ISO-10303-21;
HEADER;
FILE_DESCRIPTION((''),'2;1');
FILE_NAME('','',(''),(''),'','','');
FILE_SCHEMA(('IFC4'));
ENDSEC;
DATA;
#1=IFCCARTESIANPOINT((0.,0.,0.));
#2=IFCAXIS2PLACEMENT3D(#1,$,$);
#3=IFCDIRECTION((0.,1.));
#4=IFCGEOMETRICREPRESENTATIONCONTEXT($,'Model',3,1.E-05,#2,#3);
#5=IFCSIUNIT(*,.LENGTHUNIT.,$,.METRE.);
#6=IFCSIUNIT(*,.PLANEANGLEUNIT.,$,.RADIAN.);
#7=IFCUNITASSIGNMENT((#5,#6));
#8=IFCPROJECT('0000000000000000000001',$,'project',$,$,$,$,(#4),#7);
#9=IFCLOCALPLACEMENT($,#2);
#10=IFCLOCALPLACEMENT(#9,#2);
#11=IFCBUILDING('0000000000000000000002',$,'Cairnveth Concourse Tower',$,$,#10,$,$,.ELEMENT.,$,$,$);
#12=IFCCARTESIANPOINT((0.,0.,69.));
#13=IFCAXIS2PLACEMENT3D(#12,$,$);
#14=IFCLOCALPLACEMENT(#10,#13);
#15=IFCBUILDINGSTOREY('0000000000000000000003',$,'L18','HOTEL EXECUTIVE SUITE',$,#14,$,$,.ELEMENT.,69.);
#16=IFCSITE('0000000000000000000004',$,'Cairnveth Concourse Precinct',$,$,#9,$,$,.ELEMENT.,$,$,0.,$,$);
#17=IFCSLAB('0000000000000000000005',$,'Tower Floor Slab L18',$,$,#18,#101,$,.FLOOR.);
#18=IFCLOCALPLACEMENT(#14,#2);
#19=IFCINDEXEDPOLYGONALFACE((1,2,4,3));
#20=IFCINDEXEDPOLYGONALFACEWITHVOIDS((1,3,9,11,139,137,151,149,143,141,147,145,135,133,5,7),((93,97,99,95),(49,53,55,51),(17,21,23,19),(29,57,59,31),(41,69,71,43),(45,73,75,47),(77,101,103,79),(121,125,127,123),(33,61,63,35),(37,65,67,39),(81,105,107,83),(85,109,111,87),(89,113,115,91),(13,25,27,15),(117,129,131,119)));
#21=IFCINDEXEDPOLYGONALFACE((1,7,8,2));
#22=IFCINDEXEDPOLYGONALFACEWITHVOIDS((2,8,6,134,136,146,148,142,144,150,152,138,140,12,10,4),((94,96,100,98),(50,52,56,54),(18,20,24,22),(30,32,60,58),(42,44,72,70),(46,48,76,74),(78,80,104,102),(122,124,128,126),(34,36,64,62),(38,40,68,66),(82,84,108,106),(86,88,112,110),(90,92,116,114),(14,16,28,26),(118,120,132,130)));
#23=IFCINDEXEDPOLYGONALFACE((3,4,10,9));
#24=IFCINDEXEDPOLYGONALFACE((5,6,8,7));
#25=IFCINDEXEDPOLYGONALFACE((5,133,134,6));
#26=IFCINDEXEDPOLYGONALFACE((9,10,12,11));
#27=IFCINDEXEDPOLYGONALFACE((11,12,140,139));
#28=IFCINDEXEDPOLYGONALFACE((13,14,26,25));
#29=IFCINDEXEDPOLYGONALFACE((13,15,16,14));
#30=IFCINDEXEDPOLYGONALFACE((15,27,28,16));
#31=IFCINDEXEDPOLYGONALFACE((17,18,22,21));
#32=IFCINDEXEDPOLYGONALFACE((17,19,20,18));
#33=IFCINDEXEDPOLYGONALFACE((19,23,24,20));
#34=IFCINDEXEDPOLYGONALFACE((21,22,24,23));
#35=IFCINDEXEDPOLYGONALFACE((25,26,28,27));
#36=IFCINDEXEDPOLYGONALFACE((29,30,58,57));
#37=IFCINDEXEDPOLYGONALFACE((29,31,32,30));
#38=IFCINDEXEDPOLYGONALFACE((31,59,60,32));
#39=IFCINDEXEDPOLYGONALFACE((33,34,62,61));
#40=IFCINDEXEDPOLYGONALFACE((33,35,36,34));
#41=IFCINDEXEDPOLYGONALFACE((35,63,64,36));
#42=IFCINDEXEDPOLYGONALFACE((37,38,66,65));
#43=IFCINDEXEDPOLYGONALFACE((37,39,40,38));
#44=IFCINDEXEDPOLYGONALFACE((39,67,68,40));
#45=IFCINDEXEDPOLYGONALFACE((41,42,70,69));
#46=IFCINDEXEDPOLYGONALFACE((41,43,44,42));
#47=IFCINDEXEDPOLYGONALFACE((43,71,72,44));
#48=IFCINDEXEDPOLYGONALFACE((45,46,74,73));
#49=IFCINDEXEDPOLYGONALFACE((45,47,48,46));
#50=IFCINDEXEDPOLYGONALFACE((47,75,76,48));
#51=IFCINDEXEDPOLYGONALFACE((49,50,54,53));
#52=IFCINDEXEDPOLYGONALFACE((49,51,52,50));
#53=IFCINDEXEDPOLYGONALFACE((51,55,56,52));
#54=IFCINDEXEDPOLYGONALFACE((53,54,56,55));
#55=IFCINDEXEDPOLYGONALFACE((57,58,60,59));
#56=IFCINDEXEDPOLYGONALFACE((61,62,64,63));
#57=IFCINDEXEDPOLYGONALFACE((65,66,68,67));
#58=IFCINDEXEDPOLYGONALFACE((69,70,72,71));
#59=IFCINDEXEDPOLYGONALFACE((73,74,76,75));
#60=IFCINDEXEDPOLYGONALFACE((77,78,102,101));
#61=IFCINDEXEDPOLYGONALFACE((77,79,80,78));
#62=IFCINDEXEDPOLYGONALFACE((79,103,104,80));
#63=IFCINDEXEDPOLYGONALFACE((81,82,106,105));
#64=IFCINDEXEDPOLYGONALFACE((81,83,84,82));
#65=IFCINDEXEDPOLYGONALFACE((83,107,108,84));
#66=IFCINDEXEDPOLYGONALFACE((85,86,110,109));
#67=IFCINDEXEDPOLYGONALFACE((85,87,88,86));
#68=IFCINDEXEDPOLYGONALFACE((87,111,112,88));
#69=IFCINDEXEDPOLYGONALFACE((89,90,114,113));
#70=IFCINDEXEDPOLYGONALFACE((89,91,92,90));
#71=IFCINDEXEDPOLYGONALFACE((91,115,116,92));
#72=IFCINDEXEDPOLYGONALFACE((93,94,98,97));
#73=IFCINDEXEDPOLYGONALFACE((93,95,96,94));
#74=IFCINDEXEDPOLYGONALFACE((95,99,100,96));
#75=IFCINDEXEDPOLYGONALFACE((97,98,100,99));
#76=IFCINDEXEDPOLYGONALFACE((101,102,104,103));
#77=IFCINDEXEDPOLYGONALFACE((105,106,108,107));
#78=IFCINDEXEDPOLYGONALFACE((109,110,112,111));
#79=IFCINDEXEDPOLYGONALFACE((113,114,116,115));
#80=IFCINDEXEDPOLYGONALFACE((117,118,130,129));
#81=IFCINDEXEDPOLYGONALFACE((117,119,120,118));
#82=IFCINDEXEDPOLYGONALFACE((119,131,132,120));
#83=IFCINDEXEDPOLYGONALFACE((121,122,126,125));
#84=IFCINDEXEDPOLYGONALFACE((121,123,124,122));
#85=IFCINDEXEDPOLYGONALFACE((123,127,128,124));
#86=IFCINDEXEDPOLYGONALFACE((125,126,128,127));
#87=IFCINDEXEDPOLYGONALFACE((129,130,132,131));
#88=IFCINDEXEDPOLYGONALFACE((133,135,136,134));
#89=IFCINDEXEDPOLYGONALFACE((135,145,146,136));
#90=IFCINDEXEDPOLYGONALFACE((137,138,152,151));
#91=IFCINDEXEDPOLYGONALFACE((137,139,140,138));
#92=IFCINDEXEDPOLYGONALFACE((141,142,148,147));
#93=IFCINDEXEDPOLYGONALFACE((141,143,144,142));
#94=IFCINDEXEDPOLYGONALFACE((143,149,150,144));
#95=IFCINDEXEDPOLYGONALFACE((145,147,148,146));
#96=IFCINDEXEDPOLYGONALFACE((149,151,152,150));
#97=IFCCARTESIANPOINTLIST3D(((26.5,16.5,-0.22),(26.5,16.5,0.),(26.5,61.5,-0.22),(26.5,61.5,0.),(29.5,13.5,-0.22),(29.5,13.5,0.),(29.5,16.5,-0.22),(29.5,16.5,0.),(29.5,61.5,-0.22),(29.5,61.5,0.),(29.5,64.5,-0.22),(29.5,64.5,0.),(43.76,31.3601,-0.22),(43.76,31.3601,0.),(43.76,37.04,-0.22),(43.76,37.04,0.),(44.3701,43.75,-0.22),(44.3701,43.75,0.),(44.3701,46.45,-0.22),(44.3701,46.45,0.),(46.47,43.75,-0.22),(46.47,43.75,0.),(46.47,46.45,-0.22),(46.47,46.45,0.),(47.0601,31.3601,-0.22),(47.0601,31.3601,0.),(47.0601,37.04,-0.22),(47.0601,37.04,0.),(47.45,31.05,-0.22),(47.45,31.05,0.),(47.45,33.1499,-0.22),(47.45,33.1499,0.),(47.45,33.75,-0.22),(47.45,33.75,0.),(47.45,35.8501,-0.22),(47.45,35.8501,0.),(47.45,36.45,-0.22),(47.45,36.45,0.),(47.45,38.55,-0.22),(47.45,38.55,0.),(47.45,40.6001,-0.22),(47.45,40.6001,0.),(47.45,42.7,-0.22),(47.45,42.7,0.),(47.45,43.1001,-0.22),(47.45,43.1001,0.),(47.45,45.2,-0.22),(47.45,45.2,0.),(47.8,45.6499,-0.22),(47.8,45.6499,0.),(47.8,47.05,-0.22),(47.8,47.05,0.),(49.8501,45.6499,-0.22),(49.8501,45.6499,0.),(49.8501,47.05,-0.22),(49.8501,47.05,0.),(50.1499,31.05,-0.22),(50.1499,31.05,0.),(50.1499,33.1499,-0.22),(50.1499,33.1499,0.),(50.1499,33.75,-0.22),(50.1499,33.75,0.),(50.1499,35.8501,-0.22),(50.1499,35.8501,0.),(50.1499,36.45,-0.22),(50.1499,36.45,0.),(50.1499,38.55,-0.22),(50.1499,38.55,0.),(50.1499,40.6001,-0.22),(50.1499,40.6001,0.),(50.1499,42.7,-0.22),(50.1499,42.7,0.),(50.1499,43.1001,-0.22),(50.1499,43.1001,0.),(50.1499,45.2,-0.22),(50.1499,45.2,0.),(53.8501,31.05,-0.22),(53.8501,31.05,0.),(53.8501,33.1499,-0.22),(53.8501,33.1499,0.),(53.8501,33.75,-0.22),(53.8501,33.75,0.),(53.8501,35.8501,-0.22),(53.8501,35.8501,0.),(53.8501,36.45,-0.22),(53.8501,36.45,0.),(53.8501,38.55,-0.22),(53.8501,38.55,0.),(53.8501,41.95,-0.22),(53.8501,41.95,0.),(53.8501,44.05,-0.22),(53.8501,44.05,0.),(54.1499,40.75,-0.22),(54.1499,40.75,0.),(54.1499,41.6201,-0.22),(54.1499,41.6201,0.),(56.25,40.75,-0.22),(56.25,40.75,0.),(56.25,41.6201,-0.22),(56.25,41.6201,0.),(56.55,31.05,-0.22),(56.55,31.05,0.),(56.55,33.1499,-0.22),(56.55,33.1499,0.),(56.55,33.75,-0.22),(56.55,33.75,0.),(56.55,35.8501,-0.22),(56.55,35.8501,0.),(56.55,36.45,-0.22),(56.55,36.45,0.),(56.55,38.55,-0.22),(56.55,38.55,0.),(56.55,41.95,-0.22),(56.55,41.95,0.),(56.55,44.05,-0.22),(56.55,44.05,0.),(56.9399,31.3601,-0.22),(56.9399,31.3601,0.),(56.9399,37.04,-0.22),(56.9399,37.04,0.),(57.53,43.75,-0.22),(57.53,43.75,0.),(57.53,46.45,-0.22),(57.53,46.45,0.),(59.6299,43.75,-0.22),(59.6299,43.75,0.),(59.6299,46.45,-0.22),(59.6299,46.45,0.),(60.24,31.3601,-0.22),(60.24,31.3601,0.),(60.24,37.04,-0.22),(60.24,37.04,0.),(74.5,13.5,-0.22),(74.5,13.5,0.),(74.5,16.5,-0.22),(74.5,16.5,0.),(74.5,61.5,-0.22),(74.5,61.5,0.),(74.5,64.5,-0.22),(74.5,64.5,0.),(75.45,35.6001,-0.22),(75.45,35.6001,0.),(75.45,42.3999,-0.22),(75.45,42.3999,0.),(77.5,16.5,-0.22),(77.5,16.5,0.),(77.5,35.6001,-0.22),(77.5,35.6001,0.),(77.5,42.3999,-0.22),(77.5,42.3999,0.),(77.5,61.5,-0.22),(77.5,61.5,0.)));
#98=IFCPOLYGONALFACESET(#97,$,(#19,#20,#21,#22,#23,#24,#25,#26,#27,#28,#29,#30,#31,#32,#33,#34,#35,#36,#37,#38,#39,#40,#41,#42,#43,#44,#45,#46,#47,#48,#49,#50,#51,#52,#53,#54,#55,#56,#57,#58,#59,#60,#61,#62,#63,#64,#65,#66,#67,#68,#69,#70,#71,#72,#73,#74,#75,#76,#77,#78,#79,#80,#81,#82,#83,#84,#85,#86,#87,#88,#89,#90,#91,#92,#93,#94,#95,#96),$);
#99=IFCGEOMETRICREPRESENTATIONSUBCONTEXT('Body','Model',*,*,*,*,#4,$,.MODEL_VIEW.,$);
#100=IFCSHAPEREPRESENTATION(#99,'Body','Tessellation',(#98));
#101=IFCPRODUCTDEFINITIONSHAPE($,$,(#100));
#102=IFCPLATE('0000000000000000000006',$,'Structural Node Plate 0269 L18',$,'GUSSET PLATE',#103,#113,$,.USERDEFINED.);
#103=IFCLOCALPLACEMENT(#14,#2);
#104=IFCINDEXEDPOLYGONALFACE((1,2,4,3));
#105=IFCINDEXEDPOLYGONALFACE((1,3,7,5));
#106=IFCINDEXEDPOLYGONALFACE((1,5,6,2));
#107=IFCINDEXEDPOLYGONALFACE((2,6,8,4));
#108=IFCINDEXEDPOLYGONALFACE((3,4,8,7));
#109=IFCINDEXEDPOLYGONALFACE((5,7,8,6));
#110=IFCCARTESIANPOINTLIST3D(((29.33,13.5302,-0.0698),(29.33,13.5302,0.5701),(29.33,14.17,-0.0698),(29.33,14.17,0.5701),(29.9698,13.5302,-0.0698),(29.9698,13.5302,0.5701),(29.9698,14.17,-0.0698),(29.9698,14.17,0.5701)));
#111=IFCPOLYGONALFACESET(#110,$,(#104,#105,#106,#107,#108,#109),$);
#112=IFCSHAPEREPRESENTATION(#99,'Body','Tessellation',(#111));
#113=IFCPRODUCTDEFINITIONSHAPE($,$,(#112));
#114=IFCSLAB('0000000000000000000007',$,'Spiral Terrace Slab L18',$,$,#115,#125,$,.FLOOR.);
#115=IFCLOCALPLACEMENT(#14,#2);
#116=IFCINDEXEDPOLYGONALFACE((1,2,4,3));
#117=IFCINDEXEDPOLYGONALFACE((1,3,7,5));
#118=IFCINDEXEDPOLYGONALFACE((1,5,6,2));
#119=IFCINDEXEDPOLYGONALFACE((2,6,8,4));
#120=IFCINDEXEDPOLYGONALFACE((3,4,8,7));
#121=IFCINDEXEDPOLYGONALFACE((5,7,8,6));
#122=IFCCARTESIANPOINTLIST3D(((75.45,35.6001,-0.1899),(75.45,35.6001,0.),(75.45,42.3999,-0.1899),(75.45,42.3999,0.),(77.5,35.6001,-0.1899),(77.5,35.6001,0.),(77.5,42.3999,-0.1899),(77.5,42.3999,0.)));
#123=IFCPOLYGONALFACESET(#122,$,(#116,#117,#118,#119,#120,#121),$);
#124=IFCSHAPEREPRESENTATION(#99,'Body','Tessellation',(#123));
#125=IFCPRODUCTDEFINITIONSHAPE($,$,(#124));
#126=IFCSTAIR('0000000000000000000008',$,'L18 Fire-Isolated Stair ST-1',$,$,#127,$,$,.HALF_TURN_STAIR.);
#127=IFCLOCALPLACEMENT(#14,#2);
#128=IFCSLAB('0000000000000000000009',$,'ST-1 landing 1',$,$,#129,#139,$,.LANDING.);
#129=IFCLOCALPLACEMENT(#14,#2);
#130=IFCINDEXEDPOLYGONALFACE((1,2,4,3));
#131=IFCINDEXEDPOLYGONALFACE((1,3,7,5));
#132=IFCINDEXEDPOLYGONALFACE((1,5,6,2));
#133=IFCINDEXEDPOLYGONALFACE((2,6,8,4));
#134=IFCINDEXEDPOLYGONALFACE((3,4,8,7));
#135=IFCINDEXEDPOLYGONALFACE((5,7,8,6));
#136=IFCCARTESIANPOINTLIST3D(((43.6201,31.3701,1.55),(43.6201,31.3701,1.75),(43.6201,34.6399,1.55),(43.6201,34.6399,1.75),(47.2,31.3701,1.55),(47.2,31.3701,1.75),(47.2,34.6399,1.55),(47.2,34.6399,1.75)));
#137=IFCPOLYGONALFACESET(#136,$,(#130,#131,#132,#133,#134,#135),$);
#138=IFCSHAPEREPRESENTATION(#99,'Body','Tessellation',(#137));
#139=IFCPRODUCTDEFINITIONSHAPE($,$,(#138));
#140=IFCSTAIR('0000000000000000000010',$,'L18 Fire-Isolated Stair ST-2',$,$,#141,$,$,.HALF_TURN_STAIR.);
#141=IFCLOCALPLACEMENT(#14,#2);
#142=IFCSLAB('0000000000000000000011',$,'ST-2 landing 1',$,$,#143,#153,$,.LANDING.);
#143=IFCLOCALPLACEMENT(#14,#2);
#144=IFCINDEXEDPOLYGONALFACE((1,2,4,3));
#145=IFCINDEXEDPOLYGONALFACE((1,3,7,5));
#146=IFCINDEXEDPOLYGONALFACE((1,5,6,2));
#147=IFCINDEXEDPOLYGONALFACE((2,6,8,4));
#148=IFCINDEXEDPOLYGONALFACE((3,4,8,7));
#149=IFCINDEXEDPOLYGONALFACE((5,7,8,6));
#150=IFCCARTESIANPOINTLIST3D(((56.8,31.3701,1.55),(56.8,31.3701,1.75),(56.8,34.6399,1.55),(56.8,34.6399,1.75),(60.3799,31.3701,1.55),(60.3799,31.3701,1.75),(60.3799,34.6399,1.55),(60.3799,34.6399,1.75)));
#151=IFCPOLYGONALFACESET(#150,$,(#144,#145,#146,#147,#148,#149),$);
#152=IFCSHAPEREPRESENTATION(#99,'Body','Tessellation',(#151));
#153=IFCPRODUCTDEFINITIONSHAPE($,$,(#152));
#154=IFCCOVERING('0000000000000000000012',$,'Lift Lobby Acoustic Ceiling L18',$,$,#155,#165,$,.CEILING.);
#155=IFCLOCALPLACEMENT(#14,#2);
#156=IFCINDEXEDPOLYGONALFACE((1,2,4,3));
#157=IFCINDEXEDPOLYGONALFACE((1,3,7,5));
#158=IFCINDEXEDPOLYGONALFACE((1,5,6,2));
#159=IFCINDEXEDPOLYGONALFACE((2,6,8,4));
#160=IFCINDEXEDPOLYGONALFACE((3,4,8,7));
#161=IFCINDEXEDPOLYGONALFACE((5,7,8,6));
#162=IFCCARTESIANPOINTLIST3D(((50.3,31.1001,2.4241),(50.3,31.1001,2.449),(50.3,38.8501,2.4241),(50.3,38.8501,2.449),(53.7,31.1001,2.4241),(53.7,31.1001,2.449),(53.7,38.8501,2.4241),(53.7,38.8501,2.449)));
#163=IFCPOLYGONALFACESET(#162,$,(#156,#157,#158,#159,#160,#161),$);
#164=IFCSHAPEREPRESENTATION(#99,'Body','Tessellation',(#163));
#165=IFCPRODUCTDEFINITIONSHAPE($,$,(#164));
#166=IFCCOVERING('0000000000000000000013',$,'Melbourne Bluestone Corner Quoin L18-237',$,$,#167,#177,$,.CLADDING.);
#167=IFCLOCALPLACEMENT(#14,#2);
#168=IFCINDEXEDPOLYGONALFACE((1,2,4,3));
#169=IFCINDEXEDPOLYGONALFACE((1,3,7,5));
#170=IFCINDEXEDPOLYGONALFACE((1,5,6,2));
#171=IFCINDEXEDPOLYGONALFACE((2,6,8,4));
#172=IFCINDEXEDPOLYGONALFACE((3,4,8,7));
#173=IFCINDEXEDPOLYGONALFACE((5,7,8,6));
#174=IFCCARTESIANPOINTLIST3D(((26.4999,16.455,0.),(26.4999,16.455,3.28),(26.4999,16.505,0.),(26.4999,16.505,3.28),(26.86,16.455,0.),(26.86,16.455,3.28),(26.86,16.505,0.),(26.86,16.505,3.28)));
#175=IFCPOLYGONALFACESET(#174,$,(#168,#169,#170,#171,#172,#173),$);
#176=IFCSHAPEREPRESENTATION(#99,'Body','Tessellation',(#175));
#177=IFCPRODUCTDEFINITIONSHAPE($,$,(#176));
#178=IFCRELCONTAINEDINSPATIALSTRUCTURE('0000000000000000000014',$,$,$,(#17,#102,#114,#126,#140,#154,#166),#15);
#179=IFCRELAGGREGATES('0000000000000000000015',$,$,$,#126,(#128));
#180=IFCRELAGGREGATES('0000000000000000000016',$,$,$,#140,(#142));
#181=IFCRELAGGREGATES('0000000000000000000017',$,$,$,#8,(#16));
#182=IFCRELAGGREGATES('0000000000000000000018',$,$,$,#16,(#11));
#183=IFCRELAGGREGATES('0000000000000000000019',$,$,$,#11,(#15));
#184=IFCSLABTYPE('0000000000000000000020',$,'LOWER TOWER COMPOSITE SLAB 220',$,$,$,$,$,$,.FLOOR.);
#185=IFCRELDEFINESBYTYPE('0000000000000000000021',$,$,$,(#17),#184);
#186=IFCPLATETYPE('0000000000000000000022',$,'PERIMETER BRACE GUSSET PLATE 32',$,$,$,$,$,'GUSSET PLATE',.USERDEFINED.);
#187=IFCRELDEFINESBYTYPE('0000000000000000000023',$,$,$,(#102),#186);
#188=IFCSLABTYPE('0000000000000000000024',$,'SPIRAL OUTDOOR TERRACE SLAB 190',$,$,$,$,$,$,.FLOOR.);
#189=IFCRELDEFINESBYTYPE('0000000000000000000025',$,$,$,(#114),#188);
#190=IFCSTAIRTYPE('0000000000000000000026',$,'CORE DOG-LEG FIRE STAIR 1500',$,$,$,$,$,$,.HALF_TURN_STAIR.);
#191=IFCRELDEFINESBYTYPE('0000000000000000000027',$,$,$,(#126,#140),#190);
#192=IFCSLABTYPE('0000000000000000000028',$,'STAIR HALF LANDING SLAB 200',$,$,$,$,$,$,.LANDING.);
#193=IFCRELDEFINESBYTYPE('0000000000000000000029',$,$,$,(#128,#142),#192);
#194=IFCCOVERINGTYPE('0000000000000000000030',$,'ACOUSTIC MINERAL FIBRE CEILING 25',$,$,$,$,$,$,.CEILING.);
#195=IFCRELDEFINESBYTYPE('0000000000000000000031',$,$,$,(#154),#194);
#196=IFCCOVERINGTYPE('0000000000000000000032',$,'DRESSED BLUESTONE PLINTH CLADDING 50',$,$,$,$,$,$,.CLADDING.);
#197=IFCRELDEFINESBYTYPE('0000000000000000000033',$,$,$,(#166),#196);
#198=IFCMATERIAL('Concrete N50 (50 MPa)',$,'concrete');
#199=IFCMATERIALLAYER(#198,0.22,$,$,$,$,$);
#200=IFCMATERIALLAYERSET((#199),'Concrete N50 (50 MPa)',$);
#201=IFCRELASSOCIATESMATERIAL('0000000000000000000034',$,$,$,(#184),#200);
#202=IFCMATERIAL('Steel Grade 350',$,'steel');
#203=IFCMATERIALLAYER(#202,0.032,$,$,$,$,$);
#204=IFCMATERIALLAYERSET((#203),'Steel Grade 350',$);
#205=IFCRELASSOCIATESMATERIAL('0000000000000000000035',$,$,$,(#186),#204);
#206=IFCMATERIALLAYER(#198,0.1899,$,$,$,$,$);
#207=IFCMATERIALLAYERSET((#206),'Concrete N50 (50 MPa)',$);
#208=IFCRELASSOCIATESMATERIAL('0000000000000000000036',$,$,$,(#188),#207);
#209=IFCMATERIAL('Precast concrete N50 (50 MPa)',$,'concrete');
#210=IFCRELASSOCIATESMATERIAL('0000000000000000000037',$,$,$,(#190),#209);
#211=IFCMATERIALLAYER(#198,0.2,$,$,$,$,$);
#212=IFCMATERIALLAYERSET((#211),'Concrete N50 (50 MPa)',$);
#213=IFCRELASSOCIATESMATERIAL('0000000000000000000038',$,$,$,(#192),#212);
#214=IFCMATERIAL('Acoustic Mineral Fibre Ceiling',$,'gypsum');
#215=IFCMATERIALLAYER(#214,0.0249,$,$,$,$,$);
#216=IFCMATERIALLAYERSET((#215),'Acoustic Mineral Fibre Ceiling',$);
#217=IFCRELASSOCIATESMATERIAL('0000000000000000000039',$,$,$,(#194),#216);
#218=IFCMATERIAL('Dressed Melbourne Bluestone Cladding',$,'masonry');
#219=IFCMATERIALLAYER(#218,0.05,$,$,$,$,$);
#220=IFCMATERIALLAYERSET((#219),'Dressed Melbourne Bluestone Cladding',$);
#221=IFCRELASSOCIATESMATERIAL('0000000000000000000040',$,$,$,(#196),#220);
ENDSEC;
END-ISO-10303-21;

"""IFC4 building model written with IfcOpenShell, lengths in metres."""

from ifc_helpers import new_model, si_unit, direction, frame, frame_2d, origin, origin_2d, place, context, subcontext, project, spatial, polyline, rectangle, outline, extrude, material, layer, layer_set, type_object, element, aggregate, save


model = new_model("IFC4")

# Units and contexts
model_context = context("Model", 3, precision=1e-05, world=origin(), true_north=direction((0.0, 1.0)))
body_context = subcontext(model_context, "Body", "Model", "MODEL_VIEW")
ifc_project = project(units=[si_unit("LENGTHUNIT", "METRE"), si_unit("PLANEANGLEUNIT", "RADIAN")], contexts=[model_context])

# Site, building, storey
site_placement = place(None, origin())
site = spatial("IfcSite", under=ifc_project, at=site_placement, Name="Cairnveth Concourse Precinct", CompositionType="ELEMENT", RefElevation=0.0)
building_placement = place(site_placement, origin())
building = spatial("IfcBuilding", under=site, at=building_placement, Name="Cairnveth Concourse Tower", CompositionType="ELEMENT")
storey_placement = place(building_placement, frame((0.0, 0.0, 69.0)))
storey = spatial("IfcBuildingStorey", under=building, at=storey_placement, Name="L18", Description="HOTEL EXECUTIVE SUITE", CompositionType="ELEMENT", Elevation=69.0)

# Shared definitions
ifc_material_1 = material(Name="Steel Grade 350", Category="steel")

# Slab
ifc_material_2 = material(Name="Concrete N50 (50 MPa)", Category="concrete")
ifc_layer_1 = layer(ifc_material_2, 0.22)
ifc_layer_set_1 = layer_set([ifc_layer_1], Name="Concrete N50 (50 MPa)")
slab_type_1 = type_object("IfcSlabType", Name="LOWER TOWER COMPOSITE SLAB 220", PredefinedType="FLOOR", material=ifc_layer_set_1)
slab_1_placement = place(storey_placement, frame((0.0, 0.0, -0.22)))
element("IfcSlab", 1, at=slab_1_placement, inside=storey, type_object=slab_type_1, Name="Tower Floor Slab L18", PredefinedType="FLOOR", context=body_context, shape_type="SweptSolid", body=[
    extrude(outline(polyline([(77.5, 35.6001), (75.45, 35.6001), (75.45, 42.3999), (77.5, 42.3999), (77.5, 61.5), (74.5, 61.5), (74.5, 64.5), (29.5, 64.5), (29.5, 61.5), (26.5, 61.5), (26.5, 16.5), (29.5, 16.5), (29.5, 13.5), (74.5, 13.5), (74.5, 16.5), (77.5, 16.5), (77.5, 35.6001)]), holes=[polyline([(43.76, 31.3601), (47.0601, 31.3601), (47.0601, 37.04), (43.76, 37.04), (43.76, 31.3601)]), polyline([(56.9399, 31.3601), (60.24, 31.3601), (60.24, 37.04), (56.9399, 37.04), (56.9399, 31.3601)]), polyline([(44.3701, 43.75), (46.47, 43.75), (46.47, 46.45), (44.3701, 46.45), (44.3701, 43.75)]), polyline([(57.53, 43.75), (59.6299, 43.75), (59.6299, 46.45), (57.53, 46.45), (57.53, 43.75)]), polyline([(47.45, 31.05), (50.1499, 31.05), (50.1499, 33.1499), (47.45, 33.1499), (47.45, 31.05)]), polyline([(47.45, 33.75), (50.1499, 33.75), (50.1499, 35.8501), (47.45, 35.8501), (47.45, 33.75)]), polyline([(47.45, 36.45), (50.1499, 36.45), (50.1499, 38.55), (47.45, 38.55), (47.45, 36.45)]), polyline([(53.8501, 31.05), (56.55, 31.05), (56.55, 33.1499), (53.8501, 33.1499), (53.8501, 31.05)]), polyline([(53.8501, 33.75), (56.55, 33.75), (56.55, 35.8501), (53.8501, 35.8501), (53.8501, 33.75)]), polyline([(53.8501, 36.45), (56.55, 36.45), (56.55, 38.55), (53.8501, 38.55), (53.8501, 36.45)]), polyline([(47.45, 40.6001), (50.1499, 40.6001), (50.1499, 42.7), (47.45, 42.7), (47.45, 40.6001)]), polyline([(47.45, 43.1001), (50.1499, 43.1001), (50.1499, 45.2), (47.45, 45.2), (47.45, 43.1001)]), polyline([(53.8501, 41.95), (56.55, 41.95), (56.55, 44.05), (53.8501, 44.05), (53.8501, 41.95)]), polyline([(47.8, 45.6499), (49.8501, 45.6499), (49.8501, 47.05), (47.8, 47.05), (47.8, 45.6499)]), polyline([(54.1499, 40.75), (56.25, 40.75), (56.25, 41.6201), (54.1499, 41.6201), (54.1499, 40.75)])]), origin(), (0.0, 0.0, 1.0), 0.22),
])

# Plate
ifc_layer_2 = layer(ifc_material_1, 0.032)
ifc_layer_set_2 = layer_set([ifc_layer_2], Name="Steel Grade 350")
plate_type = type_object("IfcPlateType", Name="PERIMETER BRACE GUSSET PLATE 32", ElementType="GUSSET PLATE", PredefinedType="USERDEFINED", material=ifc_layer_set_2)
plate_placement = place(storey_placement, frame((29.6499, 13.8501, -0.0698), z_axis=(0.0, 0.0, 1.0), x_axis=(1.0, 0.0, 0.0)))
element("IfcPlate", 2, at=plate_placement, inside=storey, type_object=plate_type, Name="Structural Node Plate 0269 L18", ObjectType="GUSSET PLATE", PredefinedType="USERDEFINED", context=body_context, shape_type="SweptSolid", body=[
    extrude(rectangle(XDim=0.6399, YDim=0.6399, at=origin_2d()), origin(), (0.0, 0.0, 1.0), 0.6399),
])

# Slab
ifc_layer_3 = layer(ifc_material_2, 0.1899)
ifc_layer_set_3 = layer_set([ifc_layer_3], Name="Concrete N50 (50 MPa)")
slab_type_2 = type_object("IfcSlabType", Name="SPIRAL OUTDOOR TERRACE SLAB 190", PredefinedType="FLOOR", material=ifc_layer_set_3)
slab_2_placement = place(storey_placement, frame((0.0, 0.0, -0.1899)))
element("IfcSlab", 3, at=slab_2_placement, inside=storey, type_object=slab_type_2, Name="Spiral Terrace Slab L18", PredefinedType="FLOOR", context=body_context, shape_type="SweptSolid", body=[
    extrude(outline(polyline([(75.45, 35.6001), (77.5, 35.6001), (77.5, 42.3999), (75.45, 42.3999), (75.45, 35.6001)])), origin(), (0.0, 0.0, 1.0), 0.1899),
])

# Stairs, slabs
ifc_material_3 = material(Name="Precast concrete N50 (50 MPa)", Category="concrete")
stair_type = type_object("IfcStairType", Name="CORE DOG-LEG FIRE STAIR 1500", PredefinedType="HALF_TURN_STAIR", material=ifc_material_3)
stair_1_placement = place(storey_placement, origin())
stair_1 = element("IfcStair", 4, at=stair_1_placement, inside=storey, type_object=stair_type, Name="L18 Fire-Isolated Stair ST-1", PredefinedType="HALF_TURN_STAIR")
ifc_layer_4 = layer(ifc_material_2, 0.2)
ifc_layer_set_4 = layer_set([ifc_layer_4], Name="Concrete N50 (50 MPa)")
slab_type_3 = type_object("IfcSlabType", Name="STAIR HALF LANDING SLAB 200", PredefinedType="LANDING", material=ifc_layer_set_4)
slab_3_placement = place(storey_placement, frame((0.0, 0.0, 1.55)))
slab_3 = element("IfcSlab", 5, at=slab_3_placement, type_object=slab_type_3, Name="ST-1 landing 1", PredefinedType="LANDING", context=body_context, shape_type="SweptSolid", body=[
    extrude(outline(polyline([(43.6201, 34.6399), (43.6201, 31.3701), (47.2, 31.3701), (47.2, 34.6399), (43.6201, 34.6399)])), origin(), (0.0, 0.0, 1.0), 0.2),
])
aggregate(stair_1, [slab_3])
stair_2_placement = place(storey_placement, origin())
stair_2 = element("IfcStair", 6, at=stair_2_placement, inside=storey, type_object=stair_type, Name="L18 Fire-Isolated Stair ST-2", PredefinedType="HALF_TURN_STAIR")
slab_4_placement = place(storey_placement, frame((0.0, 0.0, 1.55)))
slab_4 = element("IfcSlab", 7, at=slab_4_placement, type_object=slab_type_3, Name="ST-2 landing 1", PredefinedType="LANDING", context=body_context, shape_type="SweptSolid", body=[
    extrude(outline(polyline([(56.8, 34.6399), (56.8, 31.3701), (60.3799, 31.3701), (60.3799, 34.6399), (56.8, 34.6399)])), origin(), (0.0, 0.0, 1.0), 0.2),
])
aggregate(stair_2, [slab_4])

# Coverings
ifc_material_4 = material(Name="Acoustic Mineral Fibre Ceiling", Category="gypsum")
ifc_layer_5 = layer(ifc_material_4, 0.0249)
ifc_layer_set_5 = layer_set([ifc_layer_5], Name="Acoustic Mineral Fibre Ceiling")
covering_type_1 = type_object("IfcCoveringType", Name="ACOUSTIC MINERAL FIBRE CEILING 25", PredefinedType="CEILING", material=ifc_layer_set_5)
covering_1_placement = place(storey_placement, frame((0.0, 0.0, 2.4241)))
element("IfcCovering", 8, at=covering_1_placement, inside=storey, type_object=covering_type_1, Name="Lift Lobby Acoustic Ceiling L18", PredefinedType="CEILING", context=body_context, shape_type="SweptSolid", body=[
    extrude(outline(polyline([(50.3, 31.1001), (53.7, 31.1001), (53.7, 38.8501), (50.3, 38.8501), (50.3, 31.1001)])), origin(), (0.0, 0.0, 1.0), 0.0249),
])
ifc_material_5 = material(Name="Dressed Melbourne Bluestone Cladding", Category="masonry")
ifc_layer_6 = layer(ifc_material_5, 0.05)
ifc_layer_set_6 = layer_set([ifc_layer_6], Name="Dressed Melbourne Bluestone Cladding")
covering_type_2 = type_object("IfcCoveringType", Name="DRESSED BLUESTONE PLINTH CLADDING 50", PredefinedType="CLADDING", material=ifc_layer_set_6)
covering_2_placement = place(storey_placement, frame((26.8601, 16.48, 0.0), z_axis=(0.0, 0.0, 1.0), x_axis=(-1.0, 0.0, 0.0)))
element("IfcCovering", 9, at=covering_2_placement, inside=storey, type_object=covering_type_2, Name="Melbourne Bluestone Corner Quoin L18-237", PredefinedType="CLADDING", context=body_context, shape_type="SweptSolid", body=[
    extrude(rectangle(XDim=0.3601, YDim=0.05, at=frame_2d((0.1802, 0.0))), origin(), (0.0, 0.0, 1.0), 3.28),
])

save(model, "model.ifc")
